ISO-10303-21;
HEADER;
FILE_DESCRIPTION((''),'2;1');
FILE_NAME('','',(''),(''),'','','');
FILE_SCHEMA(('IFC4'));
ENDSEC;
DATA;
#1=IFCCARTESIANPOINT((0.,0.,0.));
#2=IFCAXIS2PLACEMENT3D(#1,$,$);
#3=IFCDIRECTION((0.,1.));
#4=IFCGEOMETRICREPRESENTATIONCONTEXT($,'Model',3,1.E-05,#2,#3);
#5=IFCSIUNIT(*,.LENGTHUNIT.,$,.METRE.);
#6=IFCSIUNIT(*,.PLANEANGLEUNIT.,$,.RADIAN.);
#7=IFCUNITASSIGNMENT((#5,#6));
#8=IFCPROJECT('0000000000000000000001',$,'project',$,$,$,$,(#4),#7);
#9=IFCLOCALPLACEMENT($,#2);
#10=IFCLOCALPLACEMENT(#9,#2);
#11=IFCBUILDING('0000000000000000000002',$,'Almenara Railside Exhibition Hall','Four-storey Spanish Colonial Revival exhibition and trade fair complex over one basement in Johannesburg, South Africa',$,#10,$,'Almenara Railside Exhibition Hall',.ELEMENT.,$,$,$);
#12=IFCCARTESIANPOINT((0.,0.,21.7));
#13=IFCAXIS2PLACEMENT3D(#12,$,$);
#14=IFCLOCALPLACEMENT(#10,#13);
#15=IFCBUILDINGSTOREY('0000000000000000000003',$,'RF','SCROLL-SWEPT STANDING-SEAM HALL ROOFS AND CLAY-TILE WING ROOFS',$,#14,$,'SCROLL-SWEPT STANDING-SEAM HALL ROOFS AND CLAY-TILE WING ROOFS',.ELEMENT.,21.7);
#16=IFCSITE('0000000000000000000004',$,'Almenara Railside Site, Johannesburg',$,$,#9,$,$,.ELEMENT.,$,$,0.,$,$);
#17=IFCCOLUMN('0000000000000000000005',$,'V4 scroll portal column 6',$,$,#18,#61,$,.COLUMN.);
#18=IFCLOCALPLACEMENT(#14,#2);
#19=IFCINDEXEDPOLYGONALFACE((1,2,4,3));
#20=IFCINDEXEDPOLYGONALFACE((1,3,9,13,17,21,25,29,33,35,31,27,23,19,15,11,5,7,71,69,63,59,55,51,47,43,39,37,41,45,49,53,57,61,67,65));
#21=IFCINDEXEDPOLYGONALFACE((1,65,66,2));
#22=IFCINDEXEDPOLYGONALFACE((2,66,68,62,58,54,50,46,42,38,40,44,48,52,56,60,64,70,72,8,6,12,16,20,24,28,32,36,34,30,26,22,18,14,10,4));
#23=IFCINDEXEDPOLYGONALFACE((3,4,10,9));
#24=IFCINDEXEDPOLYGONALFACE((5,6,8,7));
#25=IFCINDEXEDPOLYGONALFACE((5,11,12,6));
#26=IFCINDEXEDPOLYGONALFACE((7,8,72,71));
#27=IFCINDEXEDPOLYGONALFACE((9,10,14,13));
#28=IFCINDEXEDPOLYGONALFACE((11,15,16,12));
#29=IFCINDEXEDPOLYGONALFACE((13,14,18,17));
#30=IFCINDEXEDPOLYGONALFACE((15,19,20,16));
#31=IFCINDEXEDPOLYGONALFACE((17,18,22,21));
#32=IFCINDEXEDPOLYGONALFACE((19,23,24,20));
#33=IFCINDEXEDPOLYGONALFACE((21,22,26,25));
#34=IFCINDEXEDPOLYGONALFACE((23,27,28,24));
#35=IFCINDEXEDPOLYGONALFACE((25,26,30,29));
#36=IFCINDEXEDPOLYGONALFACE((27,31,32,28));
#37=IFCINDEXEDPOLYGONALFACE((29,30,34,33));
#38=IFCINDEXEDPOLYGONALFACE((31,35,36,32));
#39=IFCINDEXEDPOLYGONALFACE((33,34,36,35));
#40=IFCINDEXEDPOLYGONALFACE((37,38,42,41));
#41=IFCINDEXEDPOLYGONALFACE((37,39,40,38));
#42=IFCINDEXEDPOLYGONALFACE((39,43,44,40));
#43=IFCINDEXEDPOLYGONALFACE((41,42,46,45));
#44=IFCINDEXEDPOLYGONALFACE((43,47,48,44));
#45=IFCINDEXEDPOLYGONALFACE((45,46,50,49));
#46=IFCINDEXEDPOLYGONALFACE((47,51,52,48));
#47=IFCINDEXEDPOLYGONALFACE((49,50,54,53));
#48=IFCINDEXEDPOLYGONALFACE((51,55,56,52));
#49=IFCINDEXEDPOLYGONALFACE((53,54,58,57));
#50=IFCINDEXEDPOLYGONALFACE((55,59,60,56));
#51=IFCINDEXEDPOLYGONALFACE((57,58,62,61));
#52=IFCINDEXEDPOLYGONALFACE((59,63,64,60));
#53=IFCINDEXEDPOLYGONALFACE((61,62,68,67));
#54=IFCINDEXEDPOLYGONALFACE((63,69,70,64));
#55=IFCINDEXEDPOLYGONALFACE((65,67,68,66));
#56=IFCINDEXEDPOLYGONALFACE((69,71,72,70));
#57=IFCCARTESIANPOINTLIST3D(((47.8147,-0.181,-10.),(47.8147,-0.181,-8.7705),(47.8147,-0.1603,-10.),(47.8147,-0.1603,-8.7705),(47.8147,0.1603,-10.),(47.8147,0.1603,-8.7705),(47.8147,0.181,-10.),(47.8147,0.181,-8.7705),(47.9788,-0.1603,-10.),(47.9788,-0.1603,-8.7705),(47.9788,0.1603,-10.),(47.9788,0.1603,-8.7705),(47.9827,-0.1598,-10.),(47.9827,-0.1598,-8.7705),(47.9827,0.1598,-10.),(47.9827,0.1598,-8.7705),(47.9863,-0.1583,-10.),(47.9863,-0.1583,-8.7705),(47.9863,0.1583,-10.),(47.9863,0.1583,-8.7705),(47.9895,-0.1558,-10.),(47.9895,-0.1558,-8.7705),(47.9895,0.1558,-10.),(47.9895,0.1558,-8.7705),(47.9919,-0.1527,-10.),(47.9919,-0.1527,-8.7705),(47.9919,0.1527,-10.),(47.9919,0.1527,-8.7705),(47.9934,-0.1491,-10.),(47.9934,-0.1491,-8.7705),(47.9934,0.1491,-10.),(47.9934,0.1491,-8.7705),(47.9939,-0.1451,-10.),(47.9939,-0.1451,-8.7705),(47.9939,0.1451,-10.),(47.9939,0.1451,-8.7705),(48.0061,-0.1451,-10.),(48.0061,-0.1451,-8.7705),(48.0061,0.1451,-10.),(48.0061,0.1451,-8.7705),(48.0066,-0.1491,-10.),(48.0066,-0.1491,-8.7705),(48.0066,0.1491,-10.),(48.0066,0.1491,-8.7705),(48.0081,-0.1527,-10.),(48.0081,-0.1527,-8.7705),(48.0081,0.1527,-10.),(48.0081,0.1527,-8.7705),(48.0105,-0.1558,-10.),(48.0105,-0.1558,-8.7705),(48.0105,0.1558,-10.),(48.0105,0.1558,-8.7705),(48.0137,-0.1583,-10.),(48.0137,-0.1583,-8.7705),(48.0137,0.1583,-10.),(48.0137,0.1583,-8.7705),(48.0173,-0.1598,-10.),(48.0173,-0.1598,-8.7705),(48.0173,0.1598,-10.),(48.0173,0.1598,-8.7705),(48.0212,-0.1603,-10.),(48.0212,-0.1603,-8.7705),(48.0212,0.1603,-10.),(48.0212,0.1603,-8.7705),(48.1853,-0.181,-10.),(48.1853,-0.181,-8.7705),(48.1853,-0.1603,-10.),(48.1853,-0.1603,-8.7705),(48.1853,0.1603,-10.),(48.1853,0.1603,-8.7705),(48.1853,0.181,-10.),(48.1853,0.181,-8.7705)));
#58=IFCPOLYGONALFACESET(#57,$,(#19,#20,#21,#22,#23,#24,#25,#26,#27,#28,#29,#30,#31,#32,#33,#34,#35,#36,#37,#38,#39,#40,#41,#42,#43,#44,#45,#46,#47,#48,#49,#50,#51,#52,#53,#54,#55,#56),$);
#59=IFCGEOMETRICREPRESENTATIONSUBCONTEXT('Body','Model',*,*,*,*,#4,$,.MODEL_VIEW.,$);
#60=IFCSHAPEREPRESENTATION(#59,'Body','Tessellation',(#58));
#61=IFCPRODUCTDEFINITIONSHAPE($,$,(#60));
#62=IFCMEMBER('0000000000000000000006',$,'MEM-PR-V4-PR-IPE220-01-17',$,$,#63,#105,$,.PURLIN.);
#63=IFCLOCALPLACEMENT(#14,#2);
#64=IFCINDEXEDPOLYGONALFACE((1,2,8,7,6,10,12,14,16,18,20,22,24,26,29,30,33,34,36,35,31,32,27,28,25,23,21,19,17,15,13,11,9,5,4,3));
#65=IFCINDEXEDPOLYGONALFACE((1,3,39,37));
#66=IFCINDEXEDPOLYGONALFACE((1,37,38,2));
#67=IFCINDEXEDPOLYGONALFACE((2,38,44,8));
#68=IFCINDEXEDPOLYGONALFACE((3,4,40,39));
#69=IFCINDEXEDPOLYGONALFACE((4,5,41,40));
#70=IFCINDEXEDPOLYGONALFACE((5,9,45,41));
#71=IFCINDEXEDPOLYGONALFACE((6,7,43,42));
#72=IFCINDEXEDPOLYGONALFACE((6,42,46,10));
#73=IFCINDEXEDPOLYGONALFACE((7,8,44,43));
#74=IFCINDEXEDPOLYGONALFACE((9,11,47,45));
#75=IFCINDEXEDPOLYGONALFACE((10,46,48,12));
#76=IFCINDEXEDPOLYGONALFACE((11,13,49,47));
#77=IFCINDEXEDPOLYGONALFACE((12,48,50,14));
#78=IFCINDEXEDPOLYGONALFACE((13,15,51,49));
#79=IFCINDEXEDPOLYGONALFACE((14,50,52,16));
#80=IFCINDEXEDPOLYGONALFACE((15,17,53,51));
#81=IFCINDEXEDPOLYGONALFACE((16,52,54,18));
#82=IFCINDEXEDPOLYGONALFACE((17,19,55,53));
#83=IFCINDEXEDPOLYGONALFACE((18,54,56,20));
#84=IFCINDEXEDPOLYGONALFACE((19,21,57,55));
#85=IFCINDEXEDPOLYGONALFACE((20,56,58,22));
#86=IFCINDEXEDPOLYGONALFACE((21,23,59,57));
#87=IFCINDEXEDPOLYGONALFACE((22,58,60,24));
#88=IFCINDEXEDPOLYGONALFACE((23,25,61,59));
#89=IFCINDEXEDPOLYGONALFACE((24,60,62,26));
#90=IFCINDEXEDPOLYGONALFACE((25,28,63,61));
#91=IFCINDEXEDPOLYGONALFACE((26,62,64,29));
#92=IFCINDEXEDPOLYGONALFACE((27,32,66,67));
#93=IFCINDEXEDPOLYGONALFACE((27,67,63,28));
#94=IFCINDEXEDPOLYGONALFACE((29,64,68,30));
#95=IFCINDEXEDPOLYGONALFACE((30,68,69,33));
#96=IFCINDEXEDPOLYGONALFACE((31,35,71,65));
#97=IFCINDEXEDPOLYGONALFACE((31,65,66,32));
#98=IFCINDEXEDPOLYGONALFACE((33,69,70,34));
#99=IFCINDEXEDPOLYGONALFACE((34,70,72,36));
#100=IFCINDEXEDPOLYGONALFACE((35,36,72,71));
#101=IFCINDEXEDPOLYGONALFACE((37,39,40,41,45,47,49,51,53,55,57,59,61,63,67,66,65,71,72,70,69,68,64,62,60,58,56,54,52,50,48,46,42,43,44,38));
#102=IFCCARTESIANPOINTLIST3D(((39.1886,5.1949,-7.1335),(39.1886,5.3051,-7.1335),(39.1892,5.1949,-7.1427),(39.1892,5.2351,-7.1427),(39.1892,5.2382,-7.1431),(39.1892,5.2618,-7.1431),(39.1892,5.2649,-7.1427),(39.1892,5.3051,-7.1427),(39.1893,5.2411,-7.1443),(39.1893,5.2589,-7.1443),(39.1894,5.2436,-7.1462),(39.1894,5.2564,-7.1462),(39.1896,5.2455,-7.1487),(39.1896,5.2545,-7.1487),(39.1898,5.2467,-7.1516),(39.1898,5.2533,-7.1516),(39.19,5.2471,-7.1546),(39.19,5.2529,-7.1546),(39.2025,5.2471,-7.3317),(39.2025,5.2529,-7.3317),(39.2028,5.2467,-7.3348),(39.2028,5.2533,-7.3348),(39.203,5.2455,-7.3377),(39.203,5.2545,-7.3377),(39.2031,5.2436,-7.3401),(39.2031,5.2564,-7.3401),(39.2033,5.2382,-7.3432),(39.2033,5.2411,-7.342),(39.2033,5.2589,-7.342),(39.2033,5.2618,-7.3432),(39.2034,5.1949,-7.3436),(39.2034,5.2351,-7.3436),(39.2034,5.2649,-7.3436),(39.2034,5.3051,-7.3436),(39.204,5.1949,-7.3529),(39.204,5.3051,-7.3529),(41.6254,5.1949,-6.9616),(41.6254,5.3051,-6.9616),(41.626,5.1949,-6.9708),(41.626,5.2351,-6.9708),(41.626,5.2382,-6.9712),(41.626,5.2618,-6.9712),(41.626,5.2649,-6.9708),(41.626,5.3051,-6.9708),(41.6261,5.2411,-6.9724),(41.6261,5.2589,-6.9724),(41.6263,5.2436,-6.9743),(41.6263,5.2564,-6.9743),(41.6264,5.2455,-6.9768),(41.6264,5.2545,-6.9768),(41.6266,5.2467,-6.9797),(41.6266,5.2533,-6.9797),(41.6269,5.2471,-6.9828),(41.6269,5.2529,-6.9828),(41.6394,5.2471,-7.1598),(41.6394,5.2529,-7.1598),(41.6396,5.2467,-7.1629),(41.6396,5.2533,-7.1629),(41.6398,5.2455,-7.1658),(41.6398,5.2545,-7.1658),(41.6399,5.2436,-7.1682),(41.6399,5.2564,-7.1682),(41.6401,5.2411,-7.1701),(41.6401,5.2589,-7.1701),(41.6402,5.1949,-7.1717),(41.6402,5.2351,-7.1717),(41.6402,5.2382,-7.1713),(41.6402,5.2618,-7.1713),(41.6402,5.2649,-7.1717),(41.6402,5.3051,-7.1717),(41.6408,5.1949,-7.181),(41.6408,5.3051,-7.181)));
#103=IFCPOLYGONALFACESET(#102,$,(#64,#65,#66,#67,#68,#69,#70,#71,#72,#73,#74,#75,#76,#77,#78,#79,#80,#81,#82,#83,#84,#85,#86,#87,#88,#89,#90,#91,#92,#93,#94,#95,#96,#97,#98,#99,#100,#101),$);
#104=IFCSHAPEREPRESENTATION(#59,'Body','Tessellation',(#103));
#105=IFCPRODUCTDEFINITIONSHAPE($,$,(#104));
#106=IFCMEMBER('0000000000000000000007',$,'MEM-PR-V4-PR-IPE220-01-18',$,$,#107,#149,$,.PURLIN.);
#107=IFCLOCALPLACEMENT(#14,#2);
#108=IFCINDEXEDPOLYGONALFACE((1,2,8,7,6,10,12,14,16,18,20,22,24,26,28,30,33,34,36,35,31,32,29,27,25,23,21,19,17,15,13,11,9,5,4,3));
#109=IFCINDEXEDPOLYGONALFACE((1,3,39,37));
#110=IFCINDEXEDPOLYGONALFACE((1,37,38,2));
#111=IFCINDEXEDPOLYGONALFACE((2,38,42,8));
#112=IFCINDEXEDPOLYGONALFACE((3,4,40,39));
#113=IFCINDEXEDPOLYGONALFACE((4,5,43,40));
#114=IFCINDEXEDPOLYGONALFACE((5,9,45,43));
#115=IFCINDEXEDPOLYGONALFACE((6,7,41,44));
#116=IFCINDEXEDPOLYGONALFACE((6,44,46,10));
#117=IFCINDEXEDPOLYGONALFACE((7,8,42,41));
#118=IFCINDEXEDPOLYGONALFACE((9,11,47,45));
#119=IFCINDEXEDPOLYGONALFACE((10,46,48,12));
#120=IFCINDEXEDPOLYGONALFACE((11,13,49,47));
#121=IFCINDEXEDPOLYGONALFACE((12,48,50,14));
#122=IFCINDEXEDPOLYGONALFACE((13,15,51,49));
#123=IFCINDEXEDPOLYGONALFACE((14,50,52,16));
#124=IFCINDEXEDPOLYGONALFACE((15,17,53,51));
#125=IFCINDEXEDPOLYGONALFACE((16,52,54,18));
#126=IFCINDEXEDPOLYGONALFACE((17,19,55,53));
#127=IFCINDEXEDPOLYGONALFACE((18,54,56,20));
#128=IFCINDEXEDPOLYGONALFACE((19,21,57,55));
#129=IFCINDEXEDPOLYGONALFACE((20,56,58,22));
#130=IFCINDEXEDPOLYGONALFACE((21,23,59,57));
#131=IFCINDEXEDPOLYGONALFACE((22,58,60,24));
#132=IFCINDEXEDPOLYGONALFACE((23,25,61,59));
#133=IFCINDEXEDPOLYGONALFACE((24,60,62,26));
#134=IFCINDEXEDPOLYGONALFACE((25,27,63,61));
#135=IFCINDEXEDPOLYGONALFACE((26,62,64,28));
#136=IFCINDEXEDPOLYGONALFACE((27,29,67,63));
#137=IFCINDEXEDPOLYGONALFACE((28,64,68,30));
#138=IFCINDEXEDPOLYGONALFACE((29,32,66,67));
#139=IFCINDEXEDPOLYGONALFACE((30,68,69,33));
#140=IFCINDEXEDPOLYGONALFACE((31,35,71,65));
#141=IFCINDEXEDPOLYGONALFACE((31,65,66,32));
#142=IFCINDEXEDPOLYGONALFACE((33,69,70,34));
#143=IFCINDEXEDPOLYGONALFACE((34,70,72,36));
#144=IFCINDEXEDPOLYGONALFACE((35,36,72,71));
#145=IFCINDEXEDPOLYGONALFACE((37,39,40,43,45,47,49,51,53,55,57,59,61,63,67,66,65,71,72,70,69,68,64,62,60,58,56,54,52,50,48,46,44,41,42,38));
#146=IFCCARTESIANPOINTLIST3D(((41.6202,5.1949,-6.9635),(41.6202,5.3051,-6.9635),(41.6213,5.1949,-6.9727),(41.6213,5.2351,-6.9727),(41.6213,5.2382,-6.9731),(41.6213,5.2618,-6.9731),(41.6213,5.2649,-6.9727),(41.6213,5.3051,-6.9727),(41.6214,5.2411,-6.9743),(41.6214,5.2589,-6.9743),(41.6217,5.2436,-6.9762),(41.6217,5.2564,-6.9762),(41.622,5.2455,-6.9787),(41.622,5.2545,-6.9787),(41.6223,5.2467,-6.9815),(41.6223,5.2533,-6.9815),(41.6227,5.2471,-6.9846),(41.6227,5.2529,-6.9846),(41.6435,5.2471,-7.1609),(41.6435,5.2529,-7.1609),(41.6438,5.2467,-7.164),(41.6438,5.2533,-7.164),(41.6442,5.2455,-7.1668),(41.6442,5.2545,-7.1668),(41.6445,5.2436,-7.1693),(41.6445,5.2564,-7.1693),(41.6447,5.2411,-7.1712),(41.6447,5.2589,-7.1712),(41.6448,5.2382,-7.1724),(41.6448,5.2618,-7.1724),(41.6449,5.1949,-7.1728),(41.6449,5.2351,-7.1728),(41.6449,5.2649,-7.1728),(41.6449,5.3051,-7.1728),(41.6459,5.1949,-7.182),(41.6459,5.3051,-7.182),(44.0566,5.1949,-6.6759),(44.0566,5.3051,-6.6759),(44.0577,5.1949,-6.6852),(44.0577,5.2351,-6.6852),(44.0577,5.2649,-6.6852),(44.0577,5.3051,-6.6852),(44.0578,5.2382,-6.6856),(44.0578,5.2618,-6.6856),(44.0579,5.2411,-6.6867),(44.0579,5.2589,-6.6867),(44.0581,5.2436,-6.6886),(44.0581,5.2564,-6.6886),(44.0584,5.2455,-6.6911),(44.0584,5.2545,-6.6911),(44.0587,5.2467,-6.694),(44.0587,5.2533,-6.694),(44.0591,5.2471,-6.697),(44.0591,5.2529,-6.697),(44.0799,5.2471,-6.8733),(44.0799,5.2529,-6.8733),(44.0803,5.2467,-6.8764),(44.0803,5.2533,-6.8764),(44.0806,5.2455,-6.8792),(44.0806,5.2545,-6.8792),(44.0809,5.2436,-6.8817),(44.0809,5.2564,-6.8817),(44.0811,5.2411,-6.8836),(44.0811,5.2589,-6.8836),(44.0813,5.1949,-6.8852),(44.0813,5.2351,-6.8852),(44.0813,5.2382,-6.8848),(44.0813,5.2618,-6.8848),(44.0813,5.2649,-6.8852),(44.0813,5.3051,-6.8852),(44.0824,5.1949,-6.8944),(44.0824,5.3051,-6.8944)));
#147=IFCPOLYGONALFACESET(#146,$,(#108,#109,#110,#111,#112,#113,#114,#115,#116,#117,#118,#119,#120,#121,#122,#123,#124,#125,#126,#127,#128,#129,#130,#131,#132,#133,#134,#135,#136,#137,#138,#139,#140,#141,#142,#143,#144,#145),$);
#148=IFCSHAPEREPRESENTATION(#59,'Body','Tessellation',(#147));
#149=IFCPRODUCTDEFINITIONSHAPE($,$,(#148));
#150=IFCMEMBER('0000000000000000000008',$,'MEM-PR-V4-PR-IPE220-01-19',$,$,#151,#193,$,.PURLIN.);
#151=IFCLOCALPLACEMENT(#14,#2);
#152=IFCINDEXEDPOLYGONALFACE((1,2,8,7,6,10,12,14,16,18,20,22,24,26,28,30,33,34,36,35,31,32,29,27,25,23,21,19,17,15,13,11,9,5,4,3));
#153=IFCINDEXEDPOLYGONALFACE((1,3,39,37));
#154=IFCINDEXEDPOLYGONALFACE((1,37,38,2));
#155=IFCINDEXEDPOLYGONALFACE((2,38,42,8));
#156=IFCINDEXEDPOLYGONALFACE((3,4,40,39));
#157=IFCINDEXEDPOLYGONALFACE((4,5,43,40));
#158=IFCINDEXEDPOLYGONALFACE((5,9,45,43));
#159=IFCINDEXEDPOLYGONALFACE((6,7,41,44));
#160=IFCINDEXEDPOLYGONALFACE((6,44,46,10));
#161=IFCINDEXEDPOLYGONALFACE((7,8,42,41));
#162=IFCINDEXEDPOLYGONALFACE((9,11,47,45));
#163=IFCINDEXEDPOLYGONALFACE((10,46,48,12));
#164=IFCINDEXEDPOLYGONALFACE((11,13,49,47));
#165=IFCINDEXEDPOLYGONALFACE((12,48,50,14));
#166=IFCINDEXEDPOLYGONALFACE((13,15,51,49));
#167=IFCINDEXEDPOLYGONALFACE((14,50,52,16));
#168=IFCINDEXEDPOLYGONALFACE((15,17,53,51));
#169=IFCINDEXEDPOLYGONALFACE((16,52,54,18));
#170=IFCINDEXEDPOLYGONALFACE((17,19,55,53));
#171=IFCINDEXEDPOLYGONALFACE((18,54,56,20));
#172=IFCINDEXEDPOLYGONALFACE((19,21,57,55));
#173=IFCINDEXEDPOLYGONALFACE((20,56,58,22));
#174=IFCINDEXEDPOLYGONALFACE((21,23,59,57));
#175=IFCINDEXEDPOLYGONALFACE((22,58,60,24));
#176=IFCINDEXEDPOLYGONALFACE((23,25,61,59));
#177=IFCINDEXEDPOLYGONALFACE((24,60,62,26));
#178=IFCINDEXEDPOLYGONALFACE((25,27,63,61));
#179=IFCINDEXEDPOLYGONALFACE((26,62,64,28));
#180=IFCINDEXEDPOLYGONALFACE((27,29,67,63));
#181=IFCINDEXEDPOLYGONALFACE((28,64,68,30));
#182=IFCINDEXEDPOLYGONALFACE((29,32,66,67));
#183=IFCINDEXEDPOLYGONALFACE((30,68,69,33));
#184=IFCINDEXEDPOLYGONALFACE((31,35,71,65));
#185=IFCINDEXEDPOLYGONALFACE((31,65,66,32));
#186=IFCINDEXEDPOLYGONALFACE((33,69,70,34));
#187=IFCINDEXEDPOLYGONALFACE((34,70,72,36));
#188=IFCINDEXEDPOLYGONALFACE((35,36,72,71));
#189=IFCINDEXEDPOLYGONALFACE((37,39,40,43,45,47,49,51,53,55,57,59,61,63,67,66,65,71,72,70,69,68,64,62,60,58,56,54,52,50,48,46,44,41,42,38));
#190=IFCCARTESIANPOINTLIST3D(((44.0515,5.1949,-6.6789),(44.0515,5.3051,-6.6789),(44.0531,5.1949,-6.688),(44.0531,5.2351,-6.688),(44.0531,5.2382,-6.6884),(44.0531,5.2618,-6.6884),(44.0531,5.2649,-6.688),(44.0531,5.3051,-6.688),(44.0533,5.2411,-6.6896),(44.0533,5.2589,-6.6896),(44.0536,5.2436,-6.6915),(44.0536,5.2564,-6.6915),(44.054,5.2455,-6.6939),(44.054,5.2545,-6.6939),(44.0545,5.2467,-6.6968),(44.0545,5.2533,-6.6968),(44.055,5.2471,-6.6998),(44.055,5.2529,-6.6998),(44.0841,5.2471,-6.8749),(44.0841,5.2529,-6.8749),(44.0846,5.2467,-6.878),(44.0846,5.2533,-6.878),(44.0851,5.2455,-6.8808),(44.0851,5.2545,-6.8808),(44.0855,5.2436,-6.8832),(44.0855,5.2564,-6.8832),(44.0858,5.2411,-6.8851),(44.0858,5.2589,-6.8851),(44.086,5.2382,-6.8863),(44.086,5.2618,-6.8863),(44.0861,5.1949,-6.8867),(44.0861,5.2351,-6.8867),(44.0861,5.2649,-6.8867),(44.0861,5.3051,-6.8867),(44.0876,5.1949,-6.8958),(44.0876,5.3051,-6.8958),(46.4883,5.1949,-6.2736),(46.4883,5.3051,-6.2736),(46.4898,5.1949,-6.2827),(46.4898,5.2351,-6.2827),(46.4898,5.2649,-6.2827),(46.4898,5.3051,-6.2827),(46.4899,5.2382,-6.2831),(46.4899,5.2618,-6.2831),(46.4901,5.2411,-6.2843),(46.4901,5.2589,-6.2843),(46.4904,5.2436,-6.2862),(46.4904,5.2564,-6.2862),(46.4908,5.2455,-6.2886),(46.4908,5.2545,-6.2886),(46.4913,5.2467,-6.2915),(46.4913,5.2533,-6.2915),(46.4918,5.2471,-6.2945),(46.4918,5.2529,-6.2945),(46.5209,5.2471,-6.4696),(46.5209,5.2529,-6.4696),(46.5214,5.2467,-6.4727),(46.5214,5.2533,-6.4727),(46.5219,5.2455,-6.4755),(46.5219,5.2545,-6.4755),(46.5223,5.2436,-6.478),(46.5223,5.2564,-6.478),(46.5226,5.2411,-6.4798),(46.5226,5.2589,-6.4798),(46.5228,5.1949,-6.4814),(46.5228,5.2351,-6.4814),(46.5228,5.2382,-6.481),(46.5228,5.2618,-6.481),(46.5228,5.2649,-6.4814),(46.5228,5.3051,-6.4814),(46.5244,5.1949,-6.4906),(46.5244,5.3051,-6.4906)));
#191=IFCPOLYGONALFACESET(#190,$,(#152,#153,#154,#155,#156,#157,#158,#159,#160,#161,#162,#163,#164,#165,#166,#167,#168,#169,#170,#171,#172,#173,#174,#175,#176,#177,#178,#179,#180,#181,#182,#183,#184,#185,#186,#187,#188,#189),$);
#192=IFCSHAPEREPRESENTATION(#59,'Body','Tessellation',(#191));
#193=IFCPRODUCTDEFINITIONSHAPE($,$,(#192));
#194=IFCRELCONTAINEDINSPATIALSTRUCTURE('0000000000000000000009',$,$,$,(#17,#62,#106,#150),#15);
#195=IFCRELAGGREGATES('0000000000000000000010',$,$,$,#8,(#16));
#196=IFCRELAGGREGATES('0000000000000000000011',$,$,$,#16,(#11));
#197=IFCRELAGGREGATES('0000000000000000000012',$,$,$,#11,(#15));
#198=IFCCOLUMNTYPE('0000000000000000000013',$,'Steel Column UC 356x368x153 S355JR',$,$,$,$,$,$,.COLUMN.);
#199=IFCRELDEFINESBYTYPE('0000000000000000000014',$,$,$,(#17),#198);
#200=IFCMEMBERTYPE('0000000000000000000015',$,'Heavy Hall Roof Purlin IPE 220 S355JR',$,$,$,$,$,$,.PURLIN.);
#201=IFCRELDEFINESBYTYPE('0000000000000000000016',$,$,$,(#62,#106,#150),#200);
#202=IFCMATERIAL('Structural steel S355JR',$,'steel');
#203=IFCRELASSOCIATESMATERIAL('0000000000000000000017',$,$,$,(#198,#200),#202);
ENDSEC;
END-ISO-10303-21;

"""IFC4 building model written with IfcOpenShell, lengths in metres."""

from ifc_helpers import new_model, si_unit, direction, frame, origin, origin_2d, place, context, subcontext, project, spatial, i_section, extrude, material, material_profile, profile_set, type_object, element, save


model = new_model("IFC4")

# Units and contexts
model_context = context("Model", 3, precision=1e-05, world=origin(), true_north=direction((0.0, 1.0)))
body_context = subcontext(model_context, "Body", "Model", "MODEL_VIEW")
ifc_project = project(units=[si_unit("LENGTHUNIT", "METRE"), si_unit("PLANEANGLEUNIT", "RADIAN")], contexts=[model_context])

# Site, building, storey
site_placement = place(None, origin())
site = spatial("IfcSite", under=ifc_project, at=site_placement, Name="Almenara Railside Site, Johannesburg", CompositionType="ELEMENT", RefElevation=0.0)
building_placement = place(site_placement, origin())
building = spatial("IfcBuilding", under=site, at=building_placement, Name="Almenara Railside Exhibition Hall", Description="Four-storey Spanish Colonial Revival exhibition and trade fair complex over one basement in Johannesburg, South Africa", LongName="Almenara Railside Exhibition Hall", CompositionType="ELEMENT")
storey_placement = place(building_placement, frame((0.0, 0.0, 21.7)))
storey = spatial("IfcBuildingStorey", under=building, at=storey_placement, Name="RF", Description="SCROLL-SWEPT STANDING-SEAM HALL ROOFS AND CLAY-TILE WING ROOFS", LongName="SCROLL-SWEPT STANDING-SEAM HALL ROOFS AND CLAY-TILE WING ROOFS", CompositionType="ELEMENT", Elevation=21.7)

# Column
ifc_material_1 = material(Name="Structural steel S355JR", Category="steel")
ifc_material_profile_1 = material_profile(ifc_material_1, i_section(OverallWidth=0.3706, OverallDepth=0.3621, WebThickness=0.0122, FlangeThickness=0.0208, FilletRadius=0.0151, at=origin_2d()), Name="UC 356x368x153")
ifc_profile_set_1 = profile_set([ifc_material_profile_1], Name="Structural steel S355JR")
column_type = type_object("IfcColumnType", Name="Steel Column UC 356x368x153 S355JR", PredefinedType="COLUMN", material=ifc_profile_set_1)
column_placement = place(storey_placement, frame((48.0, 0.0, -10.0), z_axis=(0.0, 0.0, 1.0), x_axis=(1.0, 0.0, 0.0)))
element("IfcColumn", 1, at=column_placement, inside=storey, type_object=column_type, Name="V4 scroll portal column 6", PredefinedType="COLUMN", context=body_context, shape_type="SweptSolid", body=[
    extrude(i_section(OverallWidth=0.3706, OverallDepth=0.3621, WebThickness=0.0122, FlangeThickness=0.0208, FilletRadius=0.0151, at=origin_2d()), origin(), (0.0, 0.0, 1.0), 1.2295),
])

# Members
ifc_material_profile_2 = material_profile(ifc_material_1, i_section(OverallWidth=0.1101, OverallDepth=0.22, WebThickness=0.0059, FlangeThickness=0.0093, FilletRadius=0.012, at=origin_2d()), Name="IPE 220")
ifc_profile_set_2 = profile_set([ifc_material_profile_2], Name="Structural steel S355JR")
member_type_1 = type_object("IfcMemberType", Name="Heavy Hall Roof Purlin IPE 220 S355JR", PredefinedType="PURLIN", material=ifc_profile_set_2)
member_1_placement = place(storey_placement, frame((39.1963, 5.25, -7.2432), z_axis=(0.997522, 0.0, 0.070359), x_axis=(0.0, 1.0, 0.0)))
element("IfcMember", 2, at=member_1_placement, inside=storey, type_object=member_type_1, Name="MEM-PR-V4-PR-IPE220-01-17", PredefinedType="PURLIN", context=body_context, shape_type="SweptSolid", body=[
    extrude(i_section(OverallWidth=0.1101, OverallDepth=0.22, WebThickness=0.0059, FlangeThickness=0.0093, FilletRadius=0.012, at=origin_2d()), origin(), (0.0, 0.0, 1.0), 2.4429),
])
member_2_placement = place(storey_placement, frame((41.6331, 5.25, -7.0728), z_axis=(0.993106, 0.0, 0.117222), x_axis=(0.0, 1.0, 0.0)))
element("IfcMember", 3, at=member_2_placement, inside=storey, type_object=member_type_1, Name="MEM-PR-V4-PR-IPE220-01-18", PredefinedType="PURLIN", context=body_context, shape_type="SweptSolid", body=[
    extrude(i_section(OverallWidth=0.1101, OverallDepth=0.22, WebThickness=0.0059, FlangeThickness=0.0093, FilletRadius=0.012, at=origin_2d()), origin(), (0.0, 0.0, 1.0), 2.4534),
])
member_3_placement = place(storey_placement, frame((44.0696, 5.25, -6.7874), z_axis=(0.98645, 0.0, 0.164062), x_axis=(0.0, 1.0, 0.0)))
element("IfcMember", 4, at=member_3_placement, inside=storey, type_object=member_type_1, Name="MEM-PR-V4-PR-IPE220-01-19", PredefinedType="PURLIN", context=body_context, shape_type="SweptSolid", body=[
    extrude(i_section(OverallWidth=0.1101, OverallDepth=0.22, WebThickness=0.0059, FlangeThickness=0.0093, FilletRadius=0.012, at=origin_2d()), origin(), (0.0, 0.0, 1.0), 2.4702),
])

save(model, "model.ifc")
